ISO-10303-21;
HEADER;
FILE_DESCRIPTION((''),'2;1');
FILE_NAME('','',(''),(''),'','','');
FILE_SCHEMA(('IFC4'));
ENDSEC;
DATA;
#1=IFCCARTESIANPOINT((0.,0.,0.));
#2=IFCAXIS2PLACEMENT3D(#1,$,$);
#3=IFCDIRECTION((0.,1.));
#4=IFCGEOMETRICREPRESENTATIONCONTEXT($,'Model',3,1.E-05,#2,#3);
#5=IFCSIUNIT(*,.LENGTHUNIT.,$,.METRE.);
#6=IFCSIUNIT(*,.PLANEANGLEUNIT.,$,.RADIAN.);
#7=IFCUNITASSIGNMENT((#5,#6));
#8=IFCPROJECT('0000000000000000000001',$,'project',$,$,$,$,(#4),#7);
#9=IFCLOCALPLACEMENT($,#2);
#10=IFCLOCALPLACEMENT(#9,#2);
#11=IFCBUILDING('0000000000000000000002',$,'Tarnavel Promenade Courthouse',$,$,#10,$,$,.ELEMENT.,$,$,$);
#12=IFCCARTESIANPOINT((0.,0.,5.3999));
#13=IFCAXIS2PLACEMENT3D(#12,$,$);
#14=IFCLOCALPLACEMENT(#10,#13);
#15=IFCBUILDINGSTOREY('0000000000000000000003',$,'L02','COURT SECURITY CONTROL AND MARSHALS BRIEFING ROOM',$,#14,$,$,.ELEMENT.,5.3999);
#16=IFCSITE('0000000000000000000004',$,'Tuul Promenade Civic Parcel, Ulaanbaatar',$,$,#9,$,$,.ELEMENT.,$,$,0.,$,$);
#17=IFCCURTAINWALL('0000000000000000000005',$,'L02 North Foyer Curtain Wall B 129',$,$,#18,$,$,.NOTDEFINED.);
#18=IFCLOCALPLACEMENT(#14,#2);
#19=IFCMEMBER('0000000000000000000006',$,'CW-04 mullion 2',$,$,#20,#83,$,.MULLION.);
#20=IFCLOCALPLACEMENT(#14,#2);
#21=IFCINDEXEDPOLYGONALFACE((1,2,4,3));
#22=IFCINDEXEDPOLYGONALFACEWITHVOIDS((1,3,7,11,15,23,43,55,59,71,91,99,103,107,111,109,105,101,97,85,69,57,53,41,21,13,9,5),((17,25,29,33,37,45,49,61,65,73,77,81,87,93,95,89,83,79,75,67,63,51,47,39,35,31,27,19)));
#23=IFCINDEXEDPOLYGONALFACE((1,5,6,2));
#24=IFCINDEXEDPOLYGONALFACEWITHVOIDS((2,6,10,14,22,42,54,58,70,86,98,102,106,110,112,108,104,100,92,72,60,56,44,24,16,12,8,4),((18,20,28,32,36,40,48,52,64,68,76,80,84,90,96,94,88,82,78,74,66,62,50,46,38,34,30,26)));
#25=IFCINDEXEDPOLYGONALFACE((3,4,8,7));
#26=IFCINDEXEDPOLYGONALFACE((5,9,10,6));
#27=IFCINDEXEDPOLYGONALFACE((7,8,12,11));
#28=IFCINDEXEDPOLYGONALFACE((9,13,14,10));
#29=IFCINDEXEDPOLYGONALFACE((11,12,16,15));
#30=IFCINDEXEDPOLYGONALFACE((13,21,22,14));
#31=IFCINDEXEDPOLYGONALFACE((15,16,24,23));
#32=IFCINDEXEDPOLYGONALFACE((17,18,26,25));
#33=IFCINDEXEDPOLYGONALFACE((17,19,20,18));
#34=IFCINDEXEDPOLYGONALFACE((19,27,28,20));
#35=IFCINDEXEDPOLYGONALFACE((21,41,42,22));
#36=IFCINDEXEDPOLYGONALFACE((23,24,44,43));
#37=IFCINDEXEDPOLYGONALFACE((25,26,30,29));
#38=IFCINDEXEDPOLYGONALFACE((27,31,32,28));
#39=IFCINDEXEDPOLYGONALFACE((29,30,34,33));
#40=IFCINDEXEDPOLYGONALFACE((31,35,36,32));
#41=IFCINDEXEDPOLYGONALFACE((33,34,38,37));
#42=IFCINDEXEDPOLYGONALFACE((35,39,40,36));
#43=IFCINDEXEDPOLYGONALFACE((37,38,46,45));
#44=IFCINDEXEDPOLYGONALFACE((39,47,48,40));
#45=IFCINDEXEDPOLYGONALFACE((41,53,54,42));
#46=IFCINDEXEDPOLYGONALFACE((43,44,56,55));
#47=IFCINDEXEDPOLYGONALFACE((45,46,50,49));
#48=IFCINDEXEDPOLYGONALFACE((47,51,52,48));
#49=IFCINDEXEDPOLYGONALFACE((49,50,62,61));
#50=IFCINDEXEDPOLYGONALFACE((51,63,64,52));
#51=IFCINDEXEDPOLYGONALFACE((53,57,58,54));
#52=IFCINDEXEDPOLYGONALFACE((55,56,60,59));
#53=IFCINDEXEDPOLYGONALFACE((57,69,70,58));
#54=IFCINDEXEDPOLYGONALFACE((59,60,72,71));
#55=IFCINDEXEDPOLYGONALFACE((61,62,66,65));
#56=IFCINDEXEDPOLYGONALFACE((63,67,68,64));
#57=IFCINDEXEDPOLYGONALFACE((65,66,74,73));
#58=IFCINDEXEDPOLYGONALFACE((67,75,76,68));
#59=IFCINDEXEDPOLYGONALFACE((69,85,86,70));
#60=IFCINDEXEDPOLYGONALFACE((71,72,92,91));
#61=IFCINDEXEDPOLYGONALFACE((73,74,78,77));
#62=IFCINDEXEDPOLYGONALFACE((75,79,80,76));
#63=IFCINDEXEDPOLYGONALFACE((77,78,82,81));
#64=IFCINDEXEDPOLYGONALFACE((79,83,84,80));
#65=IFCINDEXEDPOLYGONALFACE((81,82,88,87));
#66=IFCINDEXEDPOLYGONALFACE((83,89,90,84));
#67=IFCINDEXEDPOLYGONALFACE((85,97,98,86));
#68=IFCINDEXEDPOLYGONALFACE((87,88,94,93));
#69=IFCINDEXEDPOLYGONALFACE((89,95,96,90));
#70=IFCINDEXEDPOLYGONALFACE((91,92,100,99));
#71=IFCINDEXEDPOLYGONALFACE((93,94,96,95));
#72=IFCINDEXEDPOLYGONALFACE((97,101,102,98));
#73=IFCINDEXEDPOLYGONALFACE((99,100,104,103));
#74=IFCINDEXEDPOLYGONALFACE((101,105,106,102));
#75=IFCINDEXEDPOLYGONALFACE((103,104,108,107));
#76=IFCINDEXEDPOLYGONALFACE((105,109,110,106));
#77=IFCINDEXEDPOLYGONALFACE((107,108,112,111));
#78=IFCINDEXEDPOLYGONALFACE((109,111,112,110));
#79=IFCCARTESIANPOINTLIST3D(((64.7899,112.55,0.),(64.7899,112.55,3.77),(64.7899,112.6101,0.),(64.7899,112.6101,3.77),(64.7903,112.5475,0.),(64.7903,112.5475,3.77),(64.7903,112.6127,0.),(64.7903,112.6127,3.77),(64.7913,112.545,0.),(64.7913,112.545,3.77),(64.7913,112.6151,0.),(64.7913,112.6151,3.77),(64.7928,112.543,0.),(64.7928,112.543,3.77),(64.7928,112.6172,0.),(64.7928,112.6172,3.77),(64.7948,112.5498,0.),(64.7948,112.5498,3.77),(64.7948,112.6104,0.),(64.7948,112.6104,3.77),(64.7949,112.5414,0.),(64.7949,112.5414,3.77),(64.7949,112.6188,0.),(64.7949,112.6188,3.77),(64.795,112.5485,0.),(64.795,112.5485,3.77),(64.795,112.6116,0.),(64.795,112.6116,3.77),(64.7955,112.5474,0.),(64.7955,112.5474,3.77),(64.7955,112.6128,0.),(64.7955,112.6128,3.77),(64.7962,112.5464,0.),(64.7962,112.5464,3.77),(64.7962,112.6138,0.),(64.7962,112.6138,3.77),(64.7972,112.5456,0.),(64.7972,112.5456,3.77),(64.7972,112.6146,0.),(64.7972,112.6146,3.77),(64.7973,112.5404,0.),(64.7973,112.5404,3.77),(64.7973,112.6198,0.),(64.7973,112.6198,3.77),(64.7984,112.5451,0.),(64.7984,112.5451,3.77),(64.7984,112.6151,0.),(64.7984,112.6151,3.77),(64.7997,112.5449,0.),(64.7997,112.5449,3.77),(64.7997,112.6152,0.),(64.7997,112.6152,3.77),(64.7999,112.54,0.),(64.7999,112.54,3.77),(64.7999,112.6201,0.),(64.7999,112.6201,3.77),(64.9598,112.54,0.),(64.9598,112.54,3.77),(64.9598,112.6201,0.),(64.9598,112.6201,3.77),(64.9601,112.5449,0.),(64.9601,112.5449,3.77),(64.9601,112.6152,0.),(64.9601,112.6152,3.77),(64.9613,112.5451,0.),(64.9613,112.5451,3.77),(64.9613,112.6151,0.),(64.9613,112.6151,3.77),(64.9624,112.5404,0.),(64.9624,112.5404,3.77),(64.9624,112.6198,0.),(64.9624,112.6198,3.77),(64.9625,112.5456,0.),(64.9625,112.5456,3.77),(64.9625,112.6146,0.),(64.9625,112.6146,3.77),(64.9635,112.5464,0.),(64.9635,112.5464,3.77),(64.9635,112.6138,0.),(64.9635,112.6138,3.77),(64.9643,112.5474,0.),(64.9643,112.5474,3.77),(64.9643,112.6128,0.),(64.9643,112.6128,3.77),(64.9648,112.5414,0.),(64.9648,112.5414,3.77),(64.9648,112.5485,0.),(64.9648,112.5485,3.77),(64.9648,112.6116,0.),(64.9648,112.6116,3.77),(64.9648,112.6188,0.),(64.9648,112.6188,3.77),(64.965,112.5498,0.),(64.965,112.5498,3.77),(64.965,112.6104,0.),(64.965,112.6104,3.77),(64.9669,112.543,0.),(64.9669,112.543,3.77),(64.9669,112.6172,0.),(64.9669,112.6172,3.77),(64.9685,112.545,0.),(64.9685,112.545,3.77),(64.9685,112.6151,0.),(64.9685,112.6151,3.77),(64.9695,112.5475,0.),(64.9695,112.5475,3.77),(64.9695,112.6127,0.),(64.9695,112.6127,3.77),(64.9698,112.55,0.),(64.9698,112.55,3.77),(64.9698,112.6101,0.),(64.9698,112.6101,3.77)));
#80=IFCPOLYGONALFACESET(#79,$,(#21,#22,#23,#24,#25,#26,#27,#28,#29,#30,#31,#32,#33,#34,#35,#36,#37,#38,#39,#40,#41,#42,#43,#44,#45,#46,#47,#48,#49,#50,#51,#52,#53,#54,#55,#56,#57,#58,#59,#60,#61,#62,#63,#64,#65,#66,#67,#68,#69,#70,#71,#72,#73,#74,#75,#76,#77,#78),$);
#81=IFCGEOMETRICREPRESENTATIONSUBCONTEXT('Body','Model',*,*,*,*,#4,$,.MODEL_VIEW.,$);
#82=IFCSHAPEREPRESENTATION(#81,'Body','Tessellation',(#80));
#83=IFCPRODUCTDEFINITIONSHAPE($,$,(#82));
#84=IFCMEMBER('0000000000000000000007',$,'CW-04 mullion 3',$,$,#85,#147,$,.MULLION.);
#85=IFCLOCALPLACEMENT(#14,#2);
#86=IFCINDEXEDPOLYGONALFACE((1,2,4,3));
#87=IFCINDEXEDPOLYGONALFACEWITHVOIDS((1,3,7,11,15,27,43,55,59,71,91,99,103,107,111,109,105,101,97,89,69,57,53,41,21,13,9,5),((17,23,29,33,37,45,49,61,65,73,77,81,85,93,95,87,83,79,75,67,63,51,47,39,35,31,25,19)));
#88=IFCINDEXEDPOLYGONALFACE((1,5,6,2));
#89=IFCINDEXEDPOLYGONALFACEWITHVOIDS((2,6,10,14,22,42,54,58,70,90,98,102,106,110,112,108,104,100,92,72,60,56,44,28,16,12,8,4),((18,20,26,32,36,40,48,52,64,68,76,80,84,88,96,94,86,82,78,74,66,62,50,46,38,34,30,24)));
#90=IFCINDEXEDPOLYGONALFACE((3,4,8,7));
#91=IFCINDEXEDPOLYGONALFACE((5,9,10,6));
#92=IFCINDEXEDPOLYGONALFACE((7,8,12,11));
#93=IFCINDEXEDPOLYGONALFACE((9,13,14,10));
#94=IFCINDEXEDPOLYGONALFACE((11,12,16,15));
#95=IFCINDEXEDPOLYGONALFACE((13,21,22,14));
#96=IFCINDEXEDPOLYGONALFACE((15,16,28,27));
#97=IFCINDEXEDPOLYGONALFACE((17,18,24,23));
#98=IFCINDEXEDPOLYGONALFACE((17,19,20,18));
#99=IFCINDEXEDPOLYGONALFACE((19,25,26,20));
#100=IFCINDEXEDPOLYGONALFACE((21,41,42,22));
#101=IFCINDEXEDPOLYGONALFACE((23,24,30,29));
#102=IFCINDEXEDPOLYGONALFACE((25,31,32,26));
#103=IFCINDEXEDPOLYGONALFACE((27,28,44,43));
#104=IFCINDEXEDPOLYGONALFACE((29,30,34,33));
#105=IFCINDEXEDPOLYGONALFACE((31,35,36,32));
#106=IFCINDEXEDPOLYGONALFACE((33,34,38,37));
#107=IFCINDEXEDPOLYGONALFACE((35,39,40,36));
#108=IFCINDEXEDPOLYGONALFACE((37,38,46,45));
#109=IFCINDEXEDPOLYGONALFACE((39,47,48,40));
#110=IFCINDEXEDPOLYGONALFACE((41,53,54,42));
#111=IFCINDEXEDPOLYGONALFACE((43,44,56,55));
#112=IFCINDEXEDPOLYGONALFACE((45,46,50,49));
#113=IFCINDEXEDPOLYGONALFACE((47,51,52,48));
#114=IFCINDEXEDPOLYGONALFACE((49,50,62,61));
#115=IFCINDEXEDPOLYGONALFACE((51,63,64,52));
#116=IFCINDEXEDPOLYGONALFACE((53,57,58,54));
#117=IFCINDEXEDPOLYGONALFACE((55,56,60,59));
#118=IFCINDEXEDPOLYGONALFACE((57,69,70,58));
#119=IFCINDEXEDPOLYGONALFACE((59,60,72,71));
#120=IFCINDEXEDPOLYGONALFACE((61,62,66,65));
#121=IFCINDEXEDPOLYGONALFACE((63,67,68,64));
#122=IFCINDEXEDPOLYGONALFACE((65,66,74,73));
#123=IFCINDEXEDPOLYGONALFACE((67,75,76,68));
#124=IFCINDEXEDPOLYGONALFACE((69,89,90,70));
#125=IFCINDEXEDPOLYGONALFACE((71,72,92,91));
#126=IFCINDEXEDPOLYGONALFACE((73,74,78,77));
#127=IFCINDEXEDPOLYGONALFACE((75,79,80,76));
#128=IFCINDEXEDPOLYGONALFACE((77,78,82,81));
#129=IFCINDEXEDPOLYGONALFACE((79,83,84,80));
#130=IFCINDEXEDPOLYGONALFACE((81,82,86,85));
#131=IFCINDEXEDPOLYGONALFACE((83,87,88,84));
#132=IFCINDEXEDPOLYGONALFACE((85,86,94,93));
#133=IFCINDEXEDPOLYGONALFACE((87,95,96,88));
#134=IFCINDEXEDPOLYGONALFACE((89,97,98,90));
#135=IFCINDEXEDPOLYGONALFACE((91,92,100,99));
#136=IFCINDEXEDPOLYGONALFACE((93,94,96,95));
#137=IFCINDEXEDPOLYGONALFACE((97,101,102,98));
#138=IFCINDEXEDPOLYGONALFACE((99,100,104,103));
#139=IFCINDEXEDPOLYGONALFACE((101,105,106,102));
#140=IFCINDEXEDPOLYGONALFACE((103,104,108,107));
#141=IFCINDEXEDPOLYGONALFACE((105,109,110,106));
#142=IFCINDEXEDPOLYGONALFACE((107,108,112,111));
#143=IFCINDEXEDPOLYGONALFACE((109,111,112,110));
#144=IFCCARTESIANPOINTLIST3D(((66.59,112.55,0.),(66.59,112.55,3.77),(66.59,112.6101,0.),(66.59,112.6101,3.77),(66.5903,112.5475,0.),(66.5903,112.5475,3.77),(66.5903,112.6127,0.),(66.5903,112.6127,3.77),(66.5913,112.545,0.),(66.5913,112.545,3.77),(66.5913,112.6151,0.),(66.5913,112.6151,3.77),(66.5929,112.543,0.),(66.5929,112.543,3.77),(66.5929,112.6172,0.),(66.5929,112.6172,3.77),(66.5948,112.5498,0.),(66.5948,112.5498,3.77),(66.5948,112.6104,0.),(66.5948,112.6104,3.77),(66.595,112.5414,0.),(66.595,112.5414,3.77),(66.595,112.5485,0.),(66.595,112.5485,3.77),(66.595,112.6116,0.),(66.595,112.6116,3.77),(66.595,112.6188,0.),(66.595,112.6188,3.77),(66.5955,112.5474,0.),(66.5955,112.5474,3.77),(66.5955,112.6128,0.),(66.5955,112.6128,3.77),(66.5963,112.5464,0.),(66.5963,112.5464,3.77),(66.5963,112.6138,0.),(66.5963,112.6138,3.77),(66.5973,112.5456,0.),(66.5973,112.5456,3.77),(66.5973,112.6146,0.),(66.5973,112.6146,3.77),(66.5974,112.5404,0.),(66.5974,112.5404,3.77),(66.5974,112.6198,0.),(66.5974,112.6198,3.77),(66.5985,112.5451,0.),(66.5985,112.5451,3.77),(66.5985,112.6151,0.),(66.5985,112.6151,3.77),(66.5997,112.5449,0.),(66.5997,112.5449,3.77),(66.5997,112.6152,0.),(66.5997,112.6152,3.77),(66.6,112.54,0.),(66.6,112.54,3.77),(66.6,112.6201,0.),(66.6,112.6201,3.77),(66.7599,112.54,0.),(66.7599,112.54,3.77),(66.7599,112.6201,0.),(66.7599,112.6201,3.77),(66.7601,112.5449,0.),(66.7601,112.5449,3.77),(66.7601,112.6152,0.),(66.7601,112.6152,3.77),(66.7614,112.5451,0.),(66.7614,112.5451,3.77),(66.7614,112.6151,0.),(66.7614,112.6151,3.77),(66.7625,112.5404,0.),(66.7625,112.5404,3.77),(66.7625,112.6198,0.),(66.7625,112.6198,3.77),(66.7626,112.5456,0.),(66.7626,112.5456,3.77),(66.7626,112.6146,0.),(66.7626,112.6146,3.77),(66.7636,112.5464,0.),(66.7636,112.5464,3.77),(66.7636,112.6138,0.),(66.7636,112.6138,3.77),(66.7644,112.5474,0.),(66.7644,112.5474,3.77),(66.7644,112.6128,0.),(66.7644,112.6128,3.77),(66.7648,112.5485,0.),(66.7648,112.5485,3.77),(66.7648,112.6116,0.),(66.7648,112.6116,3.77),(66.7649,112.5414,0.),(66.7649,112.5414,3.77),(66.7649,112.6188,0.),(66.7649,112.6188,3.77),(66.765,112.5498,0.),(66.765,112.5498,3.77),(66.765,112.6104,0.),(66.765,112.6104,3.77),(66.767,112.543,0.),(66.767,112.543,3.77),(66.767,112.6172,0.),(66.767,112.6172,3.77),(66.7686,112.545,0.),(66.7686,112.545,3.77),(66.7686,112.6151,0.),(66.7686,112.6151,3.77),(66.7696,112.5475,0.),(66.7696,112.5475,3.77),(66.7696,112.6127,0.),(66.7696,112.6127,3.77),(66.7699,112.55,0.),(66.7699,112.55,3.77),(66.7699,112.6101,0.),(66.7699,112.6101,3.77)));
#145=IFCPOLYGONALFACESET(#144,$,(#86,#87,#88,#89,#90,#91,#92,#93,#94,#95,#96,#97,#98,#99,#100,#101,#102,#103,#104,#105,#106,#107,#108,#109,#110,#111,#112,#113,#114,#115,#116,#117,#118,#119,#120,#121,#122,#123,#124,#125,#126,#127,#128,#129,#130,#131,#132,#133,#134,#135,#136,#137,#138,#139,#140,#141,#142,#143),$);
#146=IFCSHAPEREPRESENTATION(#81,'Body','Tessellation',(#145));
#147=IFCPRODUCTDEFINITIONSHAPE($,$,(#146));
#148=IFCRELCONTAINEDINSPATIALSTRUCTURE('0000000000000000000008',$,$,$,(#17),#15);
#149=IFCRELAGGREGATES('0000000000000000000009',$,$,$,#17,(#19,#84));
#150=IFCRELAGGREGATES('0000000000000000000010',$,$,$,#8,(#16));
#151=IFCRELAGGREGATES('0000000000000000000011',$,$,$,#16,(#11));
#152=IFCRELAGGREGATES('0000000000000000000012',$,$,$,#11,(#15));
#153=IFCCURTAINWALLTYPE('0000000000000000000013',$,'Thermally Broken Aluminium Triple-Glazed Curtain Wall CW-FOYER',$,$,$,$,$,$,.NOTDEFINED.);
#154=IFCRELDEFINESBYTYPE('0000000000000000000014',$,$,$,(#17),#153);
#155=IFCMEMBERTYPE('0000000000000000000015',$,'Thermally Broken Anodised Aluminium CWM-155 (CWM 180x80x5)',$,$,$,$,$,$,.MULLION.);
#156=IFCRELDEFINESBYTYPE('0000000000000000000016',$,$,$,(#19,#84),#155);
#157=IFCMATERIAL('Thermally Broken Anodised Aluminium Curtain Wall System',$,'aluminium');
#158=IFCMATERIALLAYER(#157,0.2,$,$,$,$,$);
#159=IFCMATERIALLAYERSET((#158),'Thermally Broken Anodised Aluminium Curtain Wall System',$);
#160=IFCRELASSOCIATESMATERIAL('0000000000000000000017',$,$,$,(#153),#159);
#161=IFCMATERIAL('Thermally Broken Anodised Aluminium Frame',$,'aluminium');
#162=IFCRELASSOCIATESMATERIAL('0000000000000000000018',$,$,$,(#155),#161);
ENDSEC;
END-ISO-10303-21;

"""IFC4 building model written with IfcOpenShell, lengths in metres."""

from ifc_helpers import new_model, si_unit, direction, frame, origin, origin_2d, place, context, subcontext, project, spatial, hollow_rectangle, extrude, material, layer, layer_set, material_profile, profile_set, type_object, element, aggregate, save


model = new_model("IFC4")

# Units and contexts
model_context = context("Model", 3, precision=1e-05, world=origin(), true_north=direction((0.0, 1.0)))
body_context = subcontext(model_context, "Body", "Model", "MODEL_VIEW")
ifc_project = project(units=[si_unit("LENGTHUNIT", "METRE"), si_unit("PLANEANGLEUNIT", "RADIAN")], contexts=[model_context])

# Site, building, storey
site_placement = place(None, origin())
site = spatial("IfcSite", under=ifc_project, at=site_placement, Name="Tuul Promenade Civic Parcel, Ulaanbaatar", CompositionType="ELEMENT", RefElevation=0.0)
building_placement = place(site_placement, origin())
building = spatial("IfcBuilding", under=site, at=building_placement, Name="Tarnavel Promenade Courthouse", CompositionType="ELEMENT")
storey_placement = place(building_placement, frame((0.0, 0.0, 5.3999)))
storey = spatial("IfcBuildingStorey", under=building, at=storey_placement, Name="L02", Description="COURT SECURITY CONTROL AND MARSHALS BRIEFING ROOM", CompositionType="ELEMENT", Elevation=5.3999)

# Curtain wall, members
ifc_material_1 = material(Name="Thermally Broken Anodised Aluminium Curtain Wall System", Category="aluminium")
ifc_layer_1 = layer(ifc_material_1, 0.2)
ifc_layer_set_1 = layer_set([ifc_layer_1], Name="Thermally Broken Anodised Aluminium Curtain Wall System")
curtain_wall_type = type_object("IfcCurtainWallType", Name="Thermally Broken Aluminium Triple-Glazed Curtain Wall CW-FOYER", PredefinedType="NOTDEFINED", material=ifc_layer_set_1)
ifc_material_2 = material(Name="Thermally Broken Anodised Aluminium Frame", Category="aluminium")
ifc_material_profile_1 = material_profile(ifc_material_2, hollow_rectangle(XDim=0.0801, YDim=0.1799, WallThickness=0.0049, InnerFilletRadius=0.0049, OuterFilletRadius=0.01, at=origin_2d()), Name="CWM 180x80x5")
ifc_profile_set_1 = profile_set([ifc_material_profile_1], Name="Thermally Broken Anodised Aluminium Frame")
member_type_1 = type_object("IfcMemberType", Name="Thermally Broken Anodised Aluminium CWM-155 (CWM 180x80x5)", PredefinedType="MULLION", material=ifc_profile_set_1)
curtain_wall_1_placement = place(storey_placement, origin())
curtain_wall_1 = element("IfcCurtainWall", 1, at=curtain_wall_1_placement, inside=storey, type_object=curtain_wall_type, Name="L02 North Foyer Curtain Wall B 129", PredefinedType="NOTDEFINED")
member_1_placement = place(storey_placement, frame((64.8799, 112.5801, 0.0), z_axis=(0.0, 0.0, 1.0), x_axis=(0.0, 1.0, 0.0)))
member_1 = element("IfcMember", 2, at=member_1_placement, type_object=member_type_1, Name="CW-04 mullion 2", PredefinedType="MULLION", context=body_context, shape_type="SweptSolid", body=[
    extrude(hollow_rectangle(XDim=0.0801, YDim=0.1799, WallThickness=0.0049, InnerFilletRadius=0.0049, OuterFilletRadius=0.01, at=origin_2d()), origin(), (0.0, 0.0, 1.0), 3.77),
])
member_2_placement = place(storey_placement, frame((66.6799, 112.5801, 0.0), z_axis=(0.0, 0.0, 1.0), x_axis=(0.0, 1.0, 0.0)))
member_2 = element("IfcMember", 3, at=member_2_placement, type_object=member_type_1, Name="CW-04 mullion 3", PredefinedType="MULLION", context=body_context, shape_type="SweptSolid", body=[
    extrude(hollow_rectangle(XDim=0.0801, YDim=0.1799, WallThickness=0.0049, InnerFilletRadius=0.0049, OuterFilletRadius=0.01, at=origin_2d()), origin(), (0.0, 0.0, 1.0), 3.77),
])

aggregate(curtain_wall_1, [member_1, member_2])

save(model, "model.ifc")
